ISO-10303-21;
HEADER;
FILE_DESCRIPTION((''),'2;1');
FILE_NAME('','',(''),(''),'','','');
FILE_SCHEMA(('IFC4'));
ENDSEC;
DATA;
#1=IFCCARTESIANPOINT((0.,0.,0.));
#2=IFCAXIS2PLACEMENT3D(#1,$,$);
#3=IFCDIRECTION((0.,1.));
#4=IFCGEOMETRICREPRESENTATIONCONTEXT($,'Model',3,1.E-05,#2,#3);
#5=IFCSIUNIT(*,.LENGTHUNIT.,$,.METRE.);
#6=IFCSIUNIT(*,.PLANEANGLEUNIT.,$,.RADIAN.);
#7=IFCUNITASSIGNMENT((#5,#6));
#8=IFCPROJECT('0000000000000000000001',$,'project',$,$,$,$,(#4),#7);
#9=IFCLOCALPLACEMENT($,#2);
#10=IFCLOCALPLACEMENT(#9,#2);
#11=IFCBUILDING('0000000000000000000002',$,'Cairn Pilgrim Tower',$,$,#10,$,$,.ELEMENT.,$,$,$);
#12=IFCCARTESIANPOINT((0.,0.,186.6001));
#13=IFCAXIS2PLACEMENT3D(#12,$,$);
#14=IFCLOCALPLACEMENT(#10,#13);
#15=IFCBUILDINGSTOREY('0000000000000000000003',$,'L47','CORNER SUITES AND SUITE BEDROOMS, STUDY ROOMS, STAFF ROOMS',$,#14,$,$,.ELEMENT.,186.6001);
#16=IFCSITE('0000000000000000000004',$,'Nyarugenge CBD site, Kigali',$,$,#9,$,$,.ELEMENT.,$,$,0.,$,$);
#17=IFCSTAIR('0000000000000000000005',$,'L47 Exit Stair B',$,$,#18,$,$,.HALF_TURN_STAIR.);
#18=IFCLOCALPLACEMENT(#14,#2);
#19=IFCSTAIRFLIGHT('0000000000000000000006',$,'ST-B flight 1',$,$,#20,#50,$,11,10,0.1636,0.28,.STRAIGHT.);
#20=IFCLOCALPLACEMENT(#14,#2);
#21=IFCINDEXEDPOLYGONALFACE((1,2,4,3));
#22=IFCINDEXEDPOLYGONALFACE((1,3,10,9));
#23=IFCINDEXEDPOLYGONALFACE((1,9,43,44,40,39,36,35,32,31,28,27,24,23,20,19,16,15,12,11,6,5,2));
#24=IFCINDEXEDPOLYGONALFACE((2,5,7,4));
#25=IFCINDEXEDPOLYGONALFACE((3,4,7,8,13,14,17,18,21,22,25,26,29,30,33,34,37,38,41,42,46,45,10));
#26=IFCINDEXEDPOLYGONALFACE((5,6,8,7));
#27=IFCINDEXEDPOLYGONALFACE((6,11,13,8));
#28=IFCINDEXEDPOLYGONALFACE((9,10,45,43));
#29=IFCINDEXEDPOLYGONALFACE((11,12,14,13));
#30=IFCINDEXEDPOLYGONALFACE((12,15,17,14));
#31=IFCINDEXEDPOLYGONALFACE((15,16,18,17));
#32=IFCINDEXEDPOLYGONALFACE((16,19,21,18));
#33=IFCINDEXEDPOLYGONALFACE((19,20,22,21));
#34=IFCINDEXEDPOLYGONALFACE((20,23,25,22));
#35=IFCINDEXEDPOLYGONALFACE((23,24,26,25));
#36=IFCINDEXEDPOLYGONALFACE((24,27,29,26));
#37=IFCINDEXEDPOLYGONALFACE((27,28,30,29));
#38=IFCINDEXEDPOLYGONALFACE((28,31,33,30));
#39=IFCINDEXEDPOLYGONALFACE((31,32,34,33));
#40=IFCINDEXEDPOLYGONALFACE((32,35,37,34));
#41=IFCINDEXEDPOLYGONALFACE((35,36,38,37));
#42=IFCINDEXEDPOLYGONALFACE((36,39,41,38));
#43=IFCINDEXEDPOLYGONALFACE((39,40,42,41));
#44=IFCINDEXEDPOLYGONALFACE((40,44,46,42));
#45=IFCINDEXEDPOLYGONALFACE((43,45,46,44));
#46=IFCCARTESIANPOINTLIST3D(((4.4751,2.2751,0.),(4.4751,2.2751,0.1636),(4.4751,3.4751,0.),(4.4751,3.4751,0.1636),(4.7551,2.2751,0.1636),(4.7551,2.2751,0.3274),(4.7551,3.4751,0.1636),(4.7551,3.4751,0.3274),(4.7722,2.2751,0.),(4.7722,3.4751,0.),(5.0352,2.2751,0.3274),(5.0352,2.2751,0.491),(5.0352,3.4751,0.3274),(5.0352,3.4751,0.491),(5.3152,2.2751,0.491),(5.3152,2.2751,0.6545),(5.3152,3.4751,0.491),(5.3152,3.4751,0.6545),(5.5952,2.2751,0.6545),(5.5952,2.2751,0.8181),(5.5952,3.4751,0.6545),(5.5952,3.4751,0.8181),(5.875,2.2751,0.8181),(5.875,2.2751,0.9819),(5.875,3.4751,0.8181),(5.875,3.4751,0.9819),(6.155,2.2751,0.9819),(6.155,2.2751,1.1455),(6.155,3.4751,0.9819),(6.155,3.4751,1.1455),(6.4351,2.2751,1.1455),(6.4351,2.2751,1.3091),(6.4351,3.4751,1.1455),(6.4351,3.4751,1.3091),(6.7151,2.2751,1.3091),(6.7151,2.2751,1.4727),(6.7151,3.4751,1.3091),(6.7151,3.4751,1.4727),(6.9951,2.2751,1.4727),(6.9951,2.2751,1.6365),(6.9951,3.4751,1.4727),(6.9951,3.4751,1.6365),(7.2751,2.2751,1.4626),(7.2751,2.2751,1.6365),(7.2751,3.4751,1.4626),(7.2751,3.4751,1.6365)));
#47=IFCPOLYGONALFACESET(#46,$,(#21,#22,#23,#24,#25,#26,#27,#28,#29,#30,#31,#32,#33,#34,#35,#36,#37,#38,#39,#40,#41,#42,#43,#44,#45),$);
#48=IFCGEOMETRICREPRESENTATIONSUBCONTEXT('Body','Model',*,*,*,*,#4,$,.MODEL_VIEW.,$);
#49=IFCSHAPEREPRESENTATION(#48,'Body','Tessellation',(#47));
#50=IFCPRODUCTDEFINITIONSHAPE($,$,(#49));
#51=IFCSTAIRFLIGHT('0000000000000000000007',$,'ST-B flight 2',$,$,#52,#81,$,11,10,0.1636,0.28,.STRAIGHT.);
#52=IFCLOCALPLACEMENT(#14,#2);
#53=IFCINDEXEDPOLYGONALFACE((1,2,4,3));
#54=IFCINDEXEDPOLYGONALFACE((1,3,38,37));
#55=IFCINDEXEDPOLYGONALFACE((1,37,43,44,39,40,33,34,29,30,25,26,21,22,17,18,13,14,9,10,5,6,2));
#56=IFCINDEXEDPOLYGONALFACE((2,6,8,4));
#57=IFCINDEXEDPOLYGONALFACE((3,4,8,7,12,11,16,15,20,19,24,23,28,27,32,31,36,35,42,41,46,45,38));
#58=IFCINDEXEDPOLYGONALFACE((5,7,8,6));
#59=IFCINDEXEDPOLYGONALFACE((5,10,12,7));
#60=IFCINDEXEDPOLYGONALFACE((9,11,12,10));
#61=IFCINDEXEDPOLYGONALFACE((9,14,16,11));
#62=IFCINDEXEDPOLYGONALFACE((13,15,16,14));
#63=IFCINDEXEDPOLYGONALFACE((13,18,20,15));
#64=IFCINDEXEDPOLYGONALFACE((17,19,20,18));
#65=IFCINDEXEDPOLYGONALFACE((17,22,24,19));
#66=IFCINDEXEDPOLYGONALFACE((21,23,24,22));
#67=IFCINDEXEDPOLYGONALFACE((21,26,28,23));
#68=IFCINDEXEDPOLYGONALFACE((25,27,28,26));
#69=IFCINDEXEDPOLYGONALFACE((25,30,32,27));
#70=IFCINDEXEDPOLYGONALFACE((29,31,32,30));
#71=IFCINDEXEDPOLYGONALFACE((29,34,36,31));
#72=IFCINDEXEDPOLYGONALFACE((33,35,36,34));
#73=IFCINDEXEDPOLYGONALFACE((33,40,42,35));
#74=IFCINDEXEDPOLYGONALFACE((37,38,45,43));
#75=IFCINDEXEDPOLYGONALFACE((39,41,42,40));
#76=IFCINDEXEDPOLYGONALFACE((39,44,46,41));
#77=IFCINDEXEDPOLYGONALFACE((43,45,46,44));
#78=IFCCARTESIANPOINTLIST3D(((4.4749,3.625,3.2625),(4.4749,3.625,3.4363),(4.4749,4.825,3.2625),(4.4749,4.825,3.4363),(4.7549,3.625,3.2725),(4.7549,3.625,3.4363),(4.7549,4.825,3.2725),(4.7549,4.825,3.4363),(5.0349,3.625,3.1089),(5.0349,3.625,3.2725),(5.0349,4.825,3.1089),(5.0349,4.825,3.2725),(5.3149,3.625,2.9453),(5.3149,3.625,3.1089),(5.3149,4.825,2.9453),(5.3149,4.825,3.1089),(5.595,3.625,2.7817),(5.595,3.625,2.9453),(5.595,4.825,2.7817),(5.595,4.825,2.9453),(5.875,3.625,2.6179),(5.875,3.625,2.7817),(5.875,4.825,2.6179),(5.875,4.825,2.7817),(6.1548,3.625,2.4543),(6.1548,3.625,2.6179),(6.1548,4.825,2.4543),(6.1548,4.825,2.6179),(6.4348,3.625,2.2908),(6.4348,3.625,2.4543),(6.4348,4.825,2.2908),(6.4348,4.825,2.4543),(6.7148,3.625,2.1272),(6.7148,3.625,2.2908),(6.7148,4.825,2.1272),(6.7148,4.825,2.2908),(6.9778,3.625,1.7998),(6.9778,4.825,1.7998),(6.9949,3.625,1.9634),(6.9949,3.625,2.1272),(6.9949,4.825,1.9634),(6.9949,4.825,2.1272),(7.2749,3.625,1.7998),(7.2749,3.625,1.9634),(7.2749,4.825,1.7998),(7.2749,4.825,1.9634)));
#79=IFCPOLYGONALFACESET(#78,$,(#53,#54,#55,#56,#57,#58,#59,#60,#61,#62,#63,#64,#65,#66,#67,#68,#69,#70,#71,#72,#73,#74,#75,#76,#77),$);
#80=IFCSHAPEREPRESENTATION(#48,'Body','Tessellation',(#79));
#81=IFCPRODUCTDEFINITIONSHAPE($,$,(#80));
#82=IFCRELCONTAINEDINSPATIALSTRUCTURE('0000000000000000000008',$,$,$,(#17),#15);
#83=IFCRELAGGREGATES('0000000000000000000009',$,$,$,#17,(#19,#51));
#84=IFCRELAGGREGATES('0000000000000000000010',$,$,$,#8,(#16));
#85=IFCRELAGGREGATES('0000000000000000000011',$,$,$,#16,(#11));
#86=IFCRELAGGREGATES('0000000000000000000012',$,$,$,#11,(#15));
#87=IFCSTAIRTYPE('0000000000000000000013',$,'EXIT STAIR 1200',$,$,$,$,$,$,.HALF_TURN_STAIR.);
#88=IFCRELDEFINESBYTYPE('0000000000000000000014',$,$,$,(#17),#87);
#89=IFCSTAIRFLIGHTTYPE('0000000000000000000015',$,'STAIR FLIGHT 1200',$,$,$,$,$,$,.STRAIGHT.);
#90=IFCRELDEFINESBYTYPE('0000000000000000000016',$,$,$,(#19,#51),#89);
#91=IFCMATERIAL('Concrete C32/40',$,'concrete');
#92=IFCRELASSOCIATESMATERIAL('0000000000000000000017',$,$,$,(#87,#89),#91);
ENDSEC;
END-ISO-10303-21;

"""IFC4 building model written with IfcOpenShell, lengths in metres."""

from ifc_helpers import new_model, si_unit, direction, frame, origin, place, context, subcontext, project, spatial, polyline, outline, extrude, material, type_object, element, aggregate, save


model = new_model("IFC4")

# Units and contexts
model_context = context("Model", 3, precision=1e-05, world=origin(), true_north=direction((0.0, 1.0)))
body_context = subcontext(model_context, "Body", "Model", "MODEL_VIEW")
ifc_project = project(units=[si_unit("LENGTHUNIT", "METRE"), si_unit("PLANEANGLEUNIT", "RADIAN")], contexts=[model_context])

# Site, building, storey
site_placement = place(None, origin())
site = spatial("IfcSite", under=ifc_project, at=site_placement, Name="Nyarugenge CBD site, Kigali", CompositionType="ELEMENT", RefElevation=0.0)
building_placement = place(site_placement, origin())
building = spatial("IfcBuilding", under=site, at=building_placement, Name="Cairn Pilgrim Tower", CompositionType="ELEMENT")
storey_placement = place(building_placement, frame((0.0, 0.0, 186.6001)))
storey = spatial("IfcBuildingStorey", under=building, at=storey_placement, Name="L47", Description="CORNER SUITES AND SUITE BEDROOMS, STUDY ROOMS, STAFF ROOMS", CompositionType="ELEMENT", Elevation=186.6001)

# Shared definitions
ifc_material_1 = material(Name="Concrete C32/40", Category="concrete")

# Stair, stair flights
stair_type = type_object("IfcStairType", Name="EXIT STAIR 1200", PredefinedType="HALF_TURN_STAIR", material=ifc_material_1)
stair_placement = place(storey_placement, origin())
stair = element("IfcStair", 1, at=stair_placement, inside=storey, type_object=stair_type, Name="L47 Exit Stair B", PredefinedType="HALF_TURN_STAIR")
stair_flight_type = type_object("IfcStairFlightType", Name="STAIR FLIGHT 1200", PredefinedType="STRAIGHT", material=ifc_material_1)
stair_flight_1_placement = place(storey_placement, frame((4.4751, 2.875, 0.0), z_axis=(0.0, 0.0, 1.0), x_axis=(1.0, 0.0, 0.0)))
stair_flight_1 = element("IfcStairFlight", 2, at=stair_flight_1_placement, type_object=stair_flight_type, Name="ST-B flight 1", NumberOfRisers=11, NumberOfTreads=10, PredefinedType="STRAIGHT", RiserHeight=0.1636, TreadLength=0.28, context=body_context, shape_type="SweptSolid", body=[
    extrude(outline(polyline([(0.0, 0.0), (0.0, 0.1636), (0.28, 0.1636), (0.28, 0.3274), (0.5601, 0.3274), (0.5601, 0.491), (0.8401, 0.491), (0.8401, 0.6545), (1.1201, 0.6545), (1.1201, 0.8181), (1.3999, 0.8181), (1.3999, 0.9819), (1.6799, 0.9819), (1.6799, 1.1455), (1.96, 1.1455), (1.96, 1.3091), (2.24, 1.3091), (2.24, 1.4727), (2.52, 1.4727), (2.52, 1.6365), (2.8, 1.6365), (2.8, 1.8), (2.8, 1.4626), (0.2971, 0.0), (0.0, 0.0)])), frame((0.0, 0.6001, 0.0), z_axis=(0.0, -1.0, 0.0), x_axis=(1.0, 0.0, 0.0)), (0.0, 0.0, 1.0), 1.2),
])
stair_flight_2_placement = place(storey_placement, frame((7.2749, 4.2251, 1.7998), z_axis=(0.0, 0.0, 1.0), x_axis=(-1.0, 0.0, 0.0)))
stair_flight_2 = element("IfcStairFlight", 3, at=stair_flight_2_placement, type_object=stair_flight_type, Name="ST-B flight 2", NumberOfRisers=11, NumberOfTreads=10, PredefinedType="STRAIGHT", RiserHeight=0.1636, TreadLength=0.28, context=body_context, shape_type="SweptSolid", body=[
    extrude(outline(polyline([(0.0, 0.0), (0.0, 0.1636), (0.28, 0.1636), (0.28, 0.3274), (0.5601, 0.3274), (0.5601, 0.491), (0.8401, 0.491), (0.8401, 0.6545), (1.1201, 0.6545), (1.1201, 0.8181), (1.3999, 0.8181), (1.3999, 0.9819), (1.6799, 0.9819), (1.6799, 1.1455), (1.96, 1.1455), (1.96, 1.3091), (2.24, 1.3091), (2.24, 1.4727), (2.52, 1.4727), (2.52, 1.6365), (2.8, 1.6365), (2.8, 1.8), (2.8, 1.4626), (0.2971, 0.0), (0.0, 0.0)])), frame((0.0, 0.6001, 0.0), z_axis=(0.0, -1.0, 0.0), x_axis=(1.0, 0.0, 0.0)), (0.0, 0.0, 1.0), 1.2),
])
aggregate(stair, [stair_flight_1, stair_flight_2])

save(model, "model.ifc")
